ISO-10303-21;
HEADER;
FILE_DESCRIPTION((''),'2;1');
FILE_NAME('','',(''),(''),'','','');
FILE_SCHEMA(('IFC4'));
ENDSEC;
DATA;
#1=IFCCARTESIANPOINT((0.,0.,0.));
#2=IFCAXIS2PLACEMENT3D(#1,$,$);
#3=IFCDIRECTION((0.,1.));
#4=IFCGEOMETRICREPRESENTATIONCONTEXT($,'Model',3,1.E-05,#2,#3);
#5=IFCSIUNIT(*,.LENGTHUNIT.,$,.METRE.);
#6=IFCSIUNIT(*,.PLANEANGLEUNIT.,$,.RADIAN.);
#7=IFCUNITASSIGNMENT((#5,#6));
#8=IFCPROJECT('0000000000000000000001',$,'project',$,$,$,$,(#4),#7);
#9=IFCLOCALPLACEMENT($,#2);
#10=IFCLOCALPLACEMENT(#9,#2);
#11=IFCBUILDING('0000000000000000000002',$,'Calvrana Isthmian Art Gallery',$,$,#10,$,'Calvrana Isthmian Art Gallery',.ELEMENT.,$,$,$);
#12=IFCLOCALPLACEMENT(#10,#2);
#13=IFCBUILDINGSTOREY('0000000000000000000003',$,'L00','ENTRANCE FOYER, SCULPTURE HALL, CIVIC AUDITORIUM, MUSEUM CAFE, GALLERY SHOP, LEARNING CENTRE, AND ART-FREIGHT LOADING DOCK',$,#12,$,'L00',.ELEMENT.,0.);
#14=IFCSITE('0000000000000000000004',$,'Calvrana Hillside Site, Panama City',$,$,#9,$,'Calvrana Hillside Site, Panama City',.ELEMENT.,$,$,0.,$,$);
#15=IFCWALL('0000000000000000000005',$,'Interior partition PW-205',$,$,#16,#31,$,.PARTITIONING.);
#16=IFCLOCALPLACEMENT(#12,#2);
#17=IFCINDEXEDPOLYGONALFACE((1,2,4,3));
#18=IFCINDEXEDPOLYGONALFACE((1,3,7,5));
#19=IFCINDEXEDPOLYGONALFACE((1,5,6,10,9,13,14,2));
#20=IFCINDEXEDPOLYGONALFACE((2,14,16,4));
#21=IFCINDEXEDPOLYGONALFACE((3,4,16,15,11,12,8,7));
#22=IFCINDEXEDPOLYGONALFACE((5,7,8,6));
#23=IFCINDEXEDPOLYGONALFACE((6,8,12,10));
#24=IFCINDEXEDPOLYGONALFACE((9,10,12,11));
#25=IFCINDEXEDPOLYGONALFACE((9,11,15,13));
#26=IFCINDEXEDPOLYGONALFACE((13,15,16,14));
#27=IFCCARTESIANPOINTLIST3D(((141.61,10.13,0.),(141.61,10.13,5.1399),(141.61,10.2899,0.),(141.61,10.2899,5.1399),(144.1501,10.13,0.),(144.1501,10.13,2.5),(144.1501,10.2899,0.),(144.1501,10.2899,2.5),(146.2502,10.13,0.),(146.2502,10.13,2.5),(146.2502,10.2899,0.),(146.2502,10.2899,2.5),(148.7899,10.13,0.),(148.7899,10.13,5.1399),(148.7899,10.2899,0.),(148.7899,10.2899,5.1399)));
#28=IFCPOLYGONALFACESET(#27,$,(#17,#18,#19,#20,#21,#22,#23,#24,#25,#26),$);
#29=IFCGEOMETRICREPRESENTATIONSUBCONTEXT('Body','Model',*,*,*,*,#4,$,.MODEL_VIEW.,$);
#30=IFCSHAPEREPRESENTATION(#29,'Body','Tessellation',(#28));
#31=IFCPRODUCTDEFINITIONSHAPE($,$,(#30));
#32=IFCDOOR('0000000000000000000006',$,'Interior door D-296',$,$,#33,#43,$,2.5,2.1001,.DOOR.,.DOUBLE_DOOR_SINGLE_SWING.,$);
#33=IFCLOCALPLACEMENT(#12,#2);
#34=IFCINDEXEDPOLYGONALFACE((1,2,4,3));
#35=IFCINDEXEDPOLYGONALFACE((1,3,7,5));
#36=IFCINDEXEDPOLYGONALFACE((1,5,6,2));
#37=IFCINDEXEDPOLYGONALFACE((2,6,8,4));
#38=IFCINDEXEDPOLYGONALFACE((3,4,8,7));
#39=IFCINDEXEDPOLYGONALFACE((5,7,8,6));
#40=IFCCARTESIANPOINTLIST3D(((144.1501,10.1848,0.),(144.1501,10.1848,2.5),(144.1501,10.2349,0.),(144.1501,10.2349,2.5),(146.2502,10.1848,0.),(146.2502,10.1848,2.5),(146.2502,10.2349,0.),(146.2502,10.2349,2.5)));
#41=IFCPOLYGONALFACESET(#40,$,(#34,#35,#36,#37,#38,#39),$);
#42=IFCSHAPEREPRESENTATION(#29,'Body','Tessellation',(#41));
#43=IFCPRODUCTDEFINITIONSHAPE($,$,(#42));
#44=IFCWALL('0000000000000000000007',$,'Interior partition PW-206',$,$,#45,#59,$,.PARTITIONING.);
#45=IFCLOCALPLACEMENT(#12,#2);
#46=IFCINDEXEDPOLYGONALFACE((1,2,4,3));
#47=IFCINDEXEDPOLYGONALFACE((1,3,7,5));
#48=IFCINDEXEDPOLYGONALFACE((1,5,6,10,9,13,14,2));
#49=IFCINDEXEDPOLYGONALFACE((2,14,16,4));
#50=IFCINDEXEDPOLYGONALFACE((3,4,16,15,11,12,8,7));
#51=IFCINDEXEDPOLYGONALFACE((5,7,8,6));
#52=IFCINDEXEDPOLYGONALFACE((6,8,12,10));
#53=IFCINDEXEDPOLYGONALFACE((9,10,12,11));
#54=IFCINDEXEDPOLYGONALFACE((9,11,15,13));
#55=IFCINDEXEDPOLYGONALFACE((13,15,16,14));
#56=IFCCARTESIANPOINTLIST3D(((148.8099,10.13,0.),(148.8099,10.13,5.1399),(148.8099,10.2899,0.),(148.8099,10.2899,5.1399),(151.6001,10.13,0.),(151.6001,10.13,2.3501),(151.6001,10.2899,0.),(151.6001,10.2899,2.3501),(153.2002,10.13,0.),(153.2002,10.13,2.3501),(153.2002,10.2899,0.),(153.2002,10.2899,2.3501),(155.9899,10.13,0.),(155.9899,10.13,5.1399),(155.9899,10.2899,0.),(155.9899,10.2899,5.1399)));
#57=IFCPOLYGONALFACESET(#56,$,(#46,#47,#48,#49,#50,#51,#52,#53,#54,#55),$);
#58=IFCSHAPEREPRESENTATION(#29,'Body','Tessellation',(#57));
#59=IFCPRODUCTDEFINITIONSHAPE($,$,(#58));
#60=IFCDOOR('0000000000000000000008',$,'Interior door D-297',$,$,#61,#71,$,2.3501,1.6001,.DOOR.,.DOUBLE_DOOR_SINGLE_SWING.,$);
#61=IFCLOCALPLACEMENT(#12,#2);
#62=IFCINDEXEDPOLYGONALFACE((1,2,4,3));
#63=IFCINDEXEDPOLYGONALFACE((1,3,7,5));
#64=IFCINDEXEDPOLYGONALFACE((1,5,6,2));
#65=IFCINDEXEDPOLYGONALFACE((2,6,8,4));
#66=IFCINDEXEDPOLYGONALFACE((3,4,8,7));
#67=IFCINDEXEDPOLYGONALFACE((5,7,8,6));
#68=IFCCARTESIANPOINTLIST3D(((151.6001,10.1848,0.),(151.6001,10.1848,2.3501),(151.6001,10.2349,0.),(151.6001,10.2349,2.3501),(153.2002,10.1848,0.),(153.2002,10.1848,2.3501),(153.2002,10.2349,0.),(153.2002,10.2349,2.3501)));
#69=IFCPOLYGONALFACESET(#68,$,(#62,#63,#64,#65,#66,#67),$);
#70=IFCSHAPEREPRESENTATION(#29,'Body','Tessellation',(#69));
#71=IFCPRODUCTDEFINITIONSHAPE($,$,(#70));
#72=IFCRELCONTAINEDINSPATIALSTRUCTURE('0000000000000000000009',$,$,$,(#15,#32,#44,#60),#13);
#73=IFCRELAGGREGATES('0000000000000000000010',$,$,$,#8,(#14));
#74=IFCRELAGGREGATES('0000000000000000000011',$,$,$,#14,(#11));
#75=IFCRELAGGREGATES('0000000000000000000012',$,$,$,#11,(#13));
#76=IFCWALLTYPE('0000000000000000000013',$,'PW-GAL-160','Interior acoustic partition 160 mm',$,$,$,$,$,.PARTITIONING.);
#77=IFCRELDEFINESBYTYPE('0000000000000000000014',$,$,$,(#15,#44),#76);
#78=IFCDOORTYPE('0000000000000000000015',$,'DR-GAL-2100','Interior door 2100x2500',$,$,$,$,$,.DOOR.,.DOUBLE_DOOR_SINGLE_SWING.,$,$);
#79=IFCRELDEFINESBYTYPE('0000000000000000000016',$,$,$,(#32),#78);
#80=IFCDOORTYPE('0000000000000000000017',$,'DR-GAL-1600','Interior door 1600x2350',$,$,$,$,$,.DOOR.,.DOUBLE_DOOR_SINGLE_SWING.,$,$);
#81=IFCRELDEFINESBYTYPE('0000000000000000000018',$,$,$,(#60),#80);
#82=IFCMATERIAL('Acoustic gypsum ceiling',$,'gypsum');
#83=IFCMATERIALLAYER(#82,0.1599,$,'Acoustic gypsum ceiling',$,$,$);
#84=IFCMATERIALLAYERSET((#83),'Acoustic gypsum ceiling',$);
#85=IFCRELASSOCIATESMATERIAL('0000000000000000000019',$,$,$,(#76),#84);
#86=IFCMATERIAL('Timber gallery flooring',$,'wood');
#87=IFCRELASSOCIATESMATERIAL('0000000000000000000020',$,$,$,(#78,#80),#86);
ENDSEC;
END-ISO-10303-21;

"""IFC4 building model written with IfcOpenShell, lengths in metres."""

from ifc_helpers import new_model, si_unit, direction, frame, frame_2d, origin, place, context, subcontext, project, spatial, rectangle, extrude, material, layer, layer_set, type_object, element, fill, save


model = new_model("IFC4")

# Units and contexts
model_context = context("Model", 3, precision=1e-05, world=origin(), true_north=direction((0.0, 1.0)))
body_context = subcontext(model_context, "Body", "Model", "MODEL_VIEW")
ifc_project = project(units=[si_unit("LENGTHUNIT", "METRE"), si_unit("PLANEANGLEUNIT", "RADIAN")], contexts=[model_context])

# Site, building, storey
site_placement = place(None, origin())
site = spatial("IfcSite", under=ifc_project, at=site_placement, Name="Calvrana Hillside Site, Panama City", LongName="Calvrana Hillside Site, Panama City", CompositionType="ELEMENT", RefElevation=0.0)
building_placement = place(site_placement, origin())
building = spatial("IfcBuilding", under=site, at=building_placement, Name="Calvrana Isthmian Art Gallery", LongName="Calvrana Isthmian Art Gallery", CompositionType="ELEMENT")
storey_placement = place(building_placement, origin())
storey = spatial("IfcBuildingStorey", under=building, at=storey_placement, Name="L00", Description="ENTRANCE FOYER, SCULPTURE HALL, CIVIC AUDITORIUM, MUSEUM CAFE, GALLERY SHOP, LEARNING CENTRE, AND ART-FREIGHT LOADING DOCK", LongName="L00", CompositionType="ELEMENT", Elevation=0.0)

# Shared definitions
ifc_material_1 = material(Name="Acoustic gypsum ceiling", Category="gypsum")
ifc_layer = layer(ifc_material_1, 0.1599, Name="Acoustic gypsum ceiling")
ifc_layer_set = layer_set([ifc_layer], Name="Acoustic gypsum ceiling")
wall_type = type_object("IfcWallType", Name="PW-GAL-160", Description="Interior acoustic partition 160 mm", PredefinedType="PARTITIONING", material=ifc_layer_set)
ifc_material_2 = material(Name="Timber gallery flooring", Category="wood")
door_type_1 = type_object("IfcDoorType", Name="DR-GAL-2100", Description="Interior door 2100x2500", OperationType="DOUBLE_DOOR_SINGLE_SWING", PredefinedType="DOOR", material=ifc_material_2)

# Walls, openings, doors
wall_1_placement = place(storey_placement, frame((141.6101, 10.21, 0.0), z_axis=(0.0, 0.0, 1.0), x_axis=(1.0, 0.0, 0.0)))
wall_1 = element("IfcWall", 1, at=wall_1_placement, inside=storey, type_object=wall_type, Name="Interior partition PW-205", PredefinedType="PARTITIONING", context=body_context, shape_type="SweptSolid", body=[
    extrude(rectangle(XDim=7.1799, YDim=0.1599, at=frame_2d((3.5898, 0.0))), origin(), (0.0, 0.0, 1.0), 5.1399),
])
opening_1_placement = place(wall_1_placement, frame((2.54, 0.0, 0.0)))
opening_1 = element("IfcOpeningElement", 2, at=opening_1_placement, cuts=wall_1, PredefinedType="OPENING", context=body_context, shape_type="SweptSolid", body=[
    extrude(rectangle(XDim=2.1001, YDim=2.5, at=frame_2d((1.05, 1.25))), frame((0.0, 0.0903, 0.0), z_axis=(0.0, -1.0, 0.0), x_axis=(1.0, 0.0, 0.0)), (0.0, 0.0, 1.0), 0.1804),
])
door_1_placement = place(opening_1_placement, origin())
door_1 = element("IfcDoor", 3, at=door_1_placement, inside=storey, type_object=door_type_1, Name="Interior door D-296", OperationType="DOUBLE_DOOR_SINGLE_SWING", OverallHeight=2.5, OverallWidth=2.1001, PredefinedType="DOOR", context=body_context, shape_type="SweptSolid", body=[
    extrude(rectangle(XDim=2.1001, YDim=2.5, at=frame_2d((1.05, 1.25))), frame((0.0, 0.0249, 0.0), z_axis=(0.0, -1.0, 0.0), x_axis=(1.0, 0.0, 0.0)), (0.0, 0.0, 1.0), 0.05),
])
fill(opening_1, door_1)
wall_2_placement = place(storey_placement, frame((148.8101, 10.21, 0.0), z_axis=(0.0, 0.0, 1.0), x_axis=(1.0, 0.0, 0.0)))
wall_2 = element("IfcWall", 4, at=wall_2_placement, inside=storey, type_object=wall_type, Name="Interior partition PW-206", PredefinedType="PARTITIONING", context=body_context, shape_type="SweptSolid", body=[
    extrude(rectangle(XDim=7.1799, YDim=0.1599, at=frame_2d((3.5898, 0.0))), origin(), (0.0, 0.0, 1.0), 5.1399),
])
opening_2_placement = place(wall_2_placement, frame((2.79, 0.0, 0.0)))
opening_2 = element("IfcOpeningElement", 5, at=opening_2_placement, cuts=wall_2, PredefinedType="OPENING", context=body_context, shape_type="SweptSolid", body=[
    extrude(rectangle(XDim=1.6001, YDim=2.3501, at=frame_2d((0.8, 1.175))), frame((0.0, 0.0903, 0.0), z_axis=(0.0, -1.0, 0.0), x_axis=(1.0, 0.0, 0.0)), (0.0, 0.0, 1.0), 0.1804),
])
door_type_2 = type_object("IfcDoorType", Name="DR-GAL-1600", Description="Interior door 1600x2350", OperationType="DOUBLE_DOOR_SINGLE_SWING", PredefinedType="DOOR", material=ifc_material_2)
door_2_placement = place(opening_2_placement, origin())
door_2 = element("IfcDoor", 6, at=door_2_placement, inside=storey, type_object=door_type_2, Name="Interior door D-297", OperationType="DOUBLE_DOOR_SINGLE_SWING", OverallHeight=2.3501, OverallWidth=1.6001, PredefinedType="DOOR", context=body_context, shape_type="SweptSolid", body=[
    extrude(rectangle(XDim=1.6001, YDim=2.3501, at=frame_2d((0.8, 1.175))), frame((0.0, 0.0249, 0.0), z_axis=(0.0, -1.0, 0.0), x_axis=(1.0, 0.0, 0.0)), (0.0, 0.0, 1.0), 0.05),
])
fill(opening_2, door_2)

save(model, "model.ifc")
